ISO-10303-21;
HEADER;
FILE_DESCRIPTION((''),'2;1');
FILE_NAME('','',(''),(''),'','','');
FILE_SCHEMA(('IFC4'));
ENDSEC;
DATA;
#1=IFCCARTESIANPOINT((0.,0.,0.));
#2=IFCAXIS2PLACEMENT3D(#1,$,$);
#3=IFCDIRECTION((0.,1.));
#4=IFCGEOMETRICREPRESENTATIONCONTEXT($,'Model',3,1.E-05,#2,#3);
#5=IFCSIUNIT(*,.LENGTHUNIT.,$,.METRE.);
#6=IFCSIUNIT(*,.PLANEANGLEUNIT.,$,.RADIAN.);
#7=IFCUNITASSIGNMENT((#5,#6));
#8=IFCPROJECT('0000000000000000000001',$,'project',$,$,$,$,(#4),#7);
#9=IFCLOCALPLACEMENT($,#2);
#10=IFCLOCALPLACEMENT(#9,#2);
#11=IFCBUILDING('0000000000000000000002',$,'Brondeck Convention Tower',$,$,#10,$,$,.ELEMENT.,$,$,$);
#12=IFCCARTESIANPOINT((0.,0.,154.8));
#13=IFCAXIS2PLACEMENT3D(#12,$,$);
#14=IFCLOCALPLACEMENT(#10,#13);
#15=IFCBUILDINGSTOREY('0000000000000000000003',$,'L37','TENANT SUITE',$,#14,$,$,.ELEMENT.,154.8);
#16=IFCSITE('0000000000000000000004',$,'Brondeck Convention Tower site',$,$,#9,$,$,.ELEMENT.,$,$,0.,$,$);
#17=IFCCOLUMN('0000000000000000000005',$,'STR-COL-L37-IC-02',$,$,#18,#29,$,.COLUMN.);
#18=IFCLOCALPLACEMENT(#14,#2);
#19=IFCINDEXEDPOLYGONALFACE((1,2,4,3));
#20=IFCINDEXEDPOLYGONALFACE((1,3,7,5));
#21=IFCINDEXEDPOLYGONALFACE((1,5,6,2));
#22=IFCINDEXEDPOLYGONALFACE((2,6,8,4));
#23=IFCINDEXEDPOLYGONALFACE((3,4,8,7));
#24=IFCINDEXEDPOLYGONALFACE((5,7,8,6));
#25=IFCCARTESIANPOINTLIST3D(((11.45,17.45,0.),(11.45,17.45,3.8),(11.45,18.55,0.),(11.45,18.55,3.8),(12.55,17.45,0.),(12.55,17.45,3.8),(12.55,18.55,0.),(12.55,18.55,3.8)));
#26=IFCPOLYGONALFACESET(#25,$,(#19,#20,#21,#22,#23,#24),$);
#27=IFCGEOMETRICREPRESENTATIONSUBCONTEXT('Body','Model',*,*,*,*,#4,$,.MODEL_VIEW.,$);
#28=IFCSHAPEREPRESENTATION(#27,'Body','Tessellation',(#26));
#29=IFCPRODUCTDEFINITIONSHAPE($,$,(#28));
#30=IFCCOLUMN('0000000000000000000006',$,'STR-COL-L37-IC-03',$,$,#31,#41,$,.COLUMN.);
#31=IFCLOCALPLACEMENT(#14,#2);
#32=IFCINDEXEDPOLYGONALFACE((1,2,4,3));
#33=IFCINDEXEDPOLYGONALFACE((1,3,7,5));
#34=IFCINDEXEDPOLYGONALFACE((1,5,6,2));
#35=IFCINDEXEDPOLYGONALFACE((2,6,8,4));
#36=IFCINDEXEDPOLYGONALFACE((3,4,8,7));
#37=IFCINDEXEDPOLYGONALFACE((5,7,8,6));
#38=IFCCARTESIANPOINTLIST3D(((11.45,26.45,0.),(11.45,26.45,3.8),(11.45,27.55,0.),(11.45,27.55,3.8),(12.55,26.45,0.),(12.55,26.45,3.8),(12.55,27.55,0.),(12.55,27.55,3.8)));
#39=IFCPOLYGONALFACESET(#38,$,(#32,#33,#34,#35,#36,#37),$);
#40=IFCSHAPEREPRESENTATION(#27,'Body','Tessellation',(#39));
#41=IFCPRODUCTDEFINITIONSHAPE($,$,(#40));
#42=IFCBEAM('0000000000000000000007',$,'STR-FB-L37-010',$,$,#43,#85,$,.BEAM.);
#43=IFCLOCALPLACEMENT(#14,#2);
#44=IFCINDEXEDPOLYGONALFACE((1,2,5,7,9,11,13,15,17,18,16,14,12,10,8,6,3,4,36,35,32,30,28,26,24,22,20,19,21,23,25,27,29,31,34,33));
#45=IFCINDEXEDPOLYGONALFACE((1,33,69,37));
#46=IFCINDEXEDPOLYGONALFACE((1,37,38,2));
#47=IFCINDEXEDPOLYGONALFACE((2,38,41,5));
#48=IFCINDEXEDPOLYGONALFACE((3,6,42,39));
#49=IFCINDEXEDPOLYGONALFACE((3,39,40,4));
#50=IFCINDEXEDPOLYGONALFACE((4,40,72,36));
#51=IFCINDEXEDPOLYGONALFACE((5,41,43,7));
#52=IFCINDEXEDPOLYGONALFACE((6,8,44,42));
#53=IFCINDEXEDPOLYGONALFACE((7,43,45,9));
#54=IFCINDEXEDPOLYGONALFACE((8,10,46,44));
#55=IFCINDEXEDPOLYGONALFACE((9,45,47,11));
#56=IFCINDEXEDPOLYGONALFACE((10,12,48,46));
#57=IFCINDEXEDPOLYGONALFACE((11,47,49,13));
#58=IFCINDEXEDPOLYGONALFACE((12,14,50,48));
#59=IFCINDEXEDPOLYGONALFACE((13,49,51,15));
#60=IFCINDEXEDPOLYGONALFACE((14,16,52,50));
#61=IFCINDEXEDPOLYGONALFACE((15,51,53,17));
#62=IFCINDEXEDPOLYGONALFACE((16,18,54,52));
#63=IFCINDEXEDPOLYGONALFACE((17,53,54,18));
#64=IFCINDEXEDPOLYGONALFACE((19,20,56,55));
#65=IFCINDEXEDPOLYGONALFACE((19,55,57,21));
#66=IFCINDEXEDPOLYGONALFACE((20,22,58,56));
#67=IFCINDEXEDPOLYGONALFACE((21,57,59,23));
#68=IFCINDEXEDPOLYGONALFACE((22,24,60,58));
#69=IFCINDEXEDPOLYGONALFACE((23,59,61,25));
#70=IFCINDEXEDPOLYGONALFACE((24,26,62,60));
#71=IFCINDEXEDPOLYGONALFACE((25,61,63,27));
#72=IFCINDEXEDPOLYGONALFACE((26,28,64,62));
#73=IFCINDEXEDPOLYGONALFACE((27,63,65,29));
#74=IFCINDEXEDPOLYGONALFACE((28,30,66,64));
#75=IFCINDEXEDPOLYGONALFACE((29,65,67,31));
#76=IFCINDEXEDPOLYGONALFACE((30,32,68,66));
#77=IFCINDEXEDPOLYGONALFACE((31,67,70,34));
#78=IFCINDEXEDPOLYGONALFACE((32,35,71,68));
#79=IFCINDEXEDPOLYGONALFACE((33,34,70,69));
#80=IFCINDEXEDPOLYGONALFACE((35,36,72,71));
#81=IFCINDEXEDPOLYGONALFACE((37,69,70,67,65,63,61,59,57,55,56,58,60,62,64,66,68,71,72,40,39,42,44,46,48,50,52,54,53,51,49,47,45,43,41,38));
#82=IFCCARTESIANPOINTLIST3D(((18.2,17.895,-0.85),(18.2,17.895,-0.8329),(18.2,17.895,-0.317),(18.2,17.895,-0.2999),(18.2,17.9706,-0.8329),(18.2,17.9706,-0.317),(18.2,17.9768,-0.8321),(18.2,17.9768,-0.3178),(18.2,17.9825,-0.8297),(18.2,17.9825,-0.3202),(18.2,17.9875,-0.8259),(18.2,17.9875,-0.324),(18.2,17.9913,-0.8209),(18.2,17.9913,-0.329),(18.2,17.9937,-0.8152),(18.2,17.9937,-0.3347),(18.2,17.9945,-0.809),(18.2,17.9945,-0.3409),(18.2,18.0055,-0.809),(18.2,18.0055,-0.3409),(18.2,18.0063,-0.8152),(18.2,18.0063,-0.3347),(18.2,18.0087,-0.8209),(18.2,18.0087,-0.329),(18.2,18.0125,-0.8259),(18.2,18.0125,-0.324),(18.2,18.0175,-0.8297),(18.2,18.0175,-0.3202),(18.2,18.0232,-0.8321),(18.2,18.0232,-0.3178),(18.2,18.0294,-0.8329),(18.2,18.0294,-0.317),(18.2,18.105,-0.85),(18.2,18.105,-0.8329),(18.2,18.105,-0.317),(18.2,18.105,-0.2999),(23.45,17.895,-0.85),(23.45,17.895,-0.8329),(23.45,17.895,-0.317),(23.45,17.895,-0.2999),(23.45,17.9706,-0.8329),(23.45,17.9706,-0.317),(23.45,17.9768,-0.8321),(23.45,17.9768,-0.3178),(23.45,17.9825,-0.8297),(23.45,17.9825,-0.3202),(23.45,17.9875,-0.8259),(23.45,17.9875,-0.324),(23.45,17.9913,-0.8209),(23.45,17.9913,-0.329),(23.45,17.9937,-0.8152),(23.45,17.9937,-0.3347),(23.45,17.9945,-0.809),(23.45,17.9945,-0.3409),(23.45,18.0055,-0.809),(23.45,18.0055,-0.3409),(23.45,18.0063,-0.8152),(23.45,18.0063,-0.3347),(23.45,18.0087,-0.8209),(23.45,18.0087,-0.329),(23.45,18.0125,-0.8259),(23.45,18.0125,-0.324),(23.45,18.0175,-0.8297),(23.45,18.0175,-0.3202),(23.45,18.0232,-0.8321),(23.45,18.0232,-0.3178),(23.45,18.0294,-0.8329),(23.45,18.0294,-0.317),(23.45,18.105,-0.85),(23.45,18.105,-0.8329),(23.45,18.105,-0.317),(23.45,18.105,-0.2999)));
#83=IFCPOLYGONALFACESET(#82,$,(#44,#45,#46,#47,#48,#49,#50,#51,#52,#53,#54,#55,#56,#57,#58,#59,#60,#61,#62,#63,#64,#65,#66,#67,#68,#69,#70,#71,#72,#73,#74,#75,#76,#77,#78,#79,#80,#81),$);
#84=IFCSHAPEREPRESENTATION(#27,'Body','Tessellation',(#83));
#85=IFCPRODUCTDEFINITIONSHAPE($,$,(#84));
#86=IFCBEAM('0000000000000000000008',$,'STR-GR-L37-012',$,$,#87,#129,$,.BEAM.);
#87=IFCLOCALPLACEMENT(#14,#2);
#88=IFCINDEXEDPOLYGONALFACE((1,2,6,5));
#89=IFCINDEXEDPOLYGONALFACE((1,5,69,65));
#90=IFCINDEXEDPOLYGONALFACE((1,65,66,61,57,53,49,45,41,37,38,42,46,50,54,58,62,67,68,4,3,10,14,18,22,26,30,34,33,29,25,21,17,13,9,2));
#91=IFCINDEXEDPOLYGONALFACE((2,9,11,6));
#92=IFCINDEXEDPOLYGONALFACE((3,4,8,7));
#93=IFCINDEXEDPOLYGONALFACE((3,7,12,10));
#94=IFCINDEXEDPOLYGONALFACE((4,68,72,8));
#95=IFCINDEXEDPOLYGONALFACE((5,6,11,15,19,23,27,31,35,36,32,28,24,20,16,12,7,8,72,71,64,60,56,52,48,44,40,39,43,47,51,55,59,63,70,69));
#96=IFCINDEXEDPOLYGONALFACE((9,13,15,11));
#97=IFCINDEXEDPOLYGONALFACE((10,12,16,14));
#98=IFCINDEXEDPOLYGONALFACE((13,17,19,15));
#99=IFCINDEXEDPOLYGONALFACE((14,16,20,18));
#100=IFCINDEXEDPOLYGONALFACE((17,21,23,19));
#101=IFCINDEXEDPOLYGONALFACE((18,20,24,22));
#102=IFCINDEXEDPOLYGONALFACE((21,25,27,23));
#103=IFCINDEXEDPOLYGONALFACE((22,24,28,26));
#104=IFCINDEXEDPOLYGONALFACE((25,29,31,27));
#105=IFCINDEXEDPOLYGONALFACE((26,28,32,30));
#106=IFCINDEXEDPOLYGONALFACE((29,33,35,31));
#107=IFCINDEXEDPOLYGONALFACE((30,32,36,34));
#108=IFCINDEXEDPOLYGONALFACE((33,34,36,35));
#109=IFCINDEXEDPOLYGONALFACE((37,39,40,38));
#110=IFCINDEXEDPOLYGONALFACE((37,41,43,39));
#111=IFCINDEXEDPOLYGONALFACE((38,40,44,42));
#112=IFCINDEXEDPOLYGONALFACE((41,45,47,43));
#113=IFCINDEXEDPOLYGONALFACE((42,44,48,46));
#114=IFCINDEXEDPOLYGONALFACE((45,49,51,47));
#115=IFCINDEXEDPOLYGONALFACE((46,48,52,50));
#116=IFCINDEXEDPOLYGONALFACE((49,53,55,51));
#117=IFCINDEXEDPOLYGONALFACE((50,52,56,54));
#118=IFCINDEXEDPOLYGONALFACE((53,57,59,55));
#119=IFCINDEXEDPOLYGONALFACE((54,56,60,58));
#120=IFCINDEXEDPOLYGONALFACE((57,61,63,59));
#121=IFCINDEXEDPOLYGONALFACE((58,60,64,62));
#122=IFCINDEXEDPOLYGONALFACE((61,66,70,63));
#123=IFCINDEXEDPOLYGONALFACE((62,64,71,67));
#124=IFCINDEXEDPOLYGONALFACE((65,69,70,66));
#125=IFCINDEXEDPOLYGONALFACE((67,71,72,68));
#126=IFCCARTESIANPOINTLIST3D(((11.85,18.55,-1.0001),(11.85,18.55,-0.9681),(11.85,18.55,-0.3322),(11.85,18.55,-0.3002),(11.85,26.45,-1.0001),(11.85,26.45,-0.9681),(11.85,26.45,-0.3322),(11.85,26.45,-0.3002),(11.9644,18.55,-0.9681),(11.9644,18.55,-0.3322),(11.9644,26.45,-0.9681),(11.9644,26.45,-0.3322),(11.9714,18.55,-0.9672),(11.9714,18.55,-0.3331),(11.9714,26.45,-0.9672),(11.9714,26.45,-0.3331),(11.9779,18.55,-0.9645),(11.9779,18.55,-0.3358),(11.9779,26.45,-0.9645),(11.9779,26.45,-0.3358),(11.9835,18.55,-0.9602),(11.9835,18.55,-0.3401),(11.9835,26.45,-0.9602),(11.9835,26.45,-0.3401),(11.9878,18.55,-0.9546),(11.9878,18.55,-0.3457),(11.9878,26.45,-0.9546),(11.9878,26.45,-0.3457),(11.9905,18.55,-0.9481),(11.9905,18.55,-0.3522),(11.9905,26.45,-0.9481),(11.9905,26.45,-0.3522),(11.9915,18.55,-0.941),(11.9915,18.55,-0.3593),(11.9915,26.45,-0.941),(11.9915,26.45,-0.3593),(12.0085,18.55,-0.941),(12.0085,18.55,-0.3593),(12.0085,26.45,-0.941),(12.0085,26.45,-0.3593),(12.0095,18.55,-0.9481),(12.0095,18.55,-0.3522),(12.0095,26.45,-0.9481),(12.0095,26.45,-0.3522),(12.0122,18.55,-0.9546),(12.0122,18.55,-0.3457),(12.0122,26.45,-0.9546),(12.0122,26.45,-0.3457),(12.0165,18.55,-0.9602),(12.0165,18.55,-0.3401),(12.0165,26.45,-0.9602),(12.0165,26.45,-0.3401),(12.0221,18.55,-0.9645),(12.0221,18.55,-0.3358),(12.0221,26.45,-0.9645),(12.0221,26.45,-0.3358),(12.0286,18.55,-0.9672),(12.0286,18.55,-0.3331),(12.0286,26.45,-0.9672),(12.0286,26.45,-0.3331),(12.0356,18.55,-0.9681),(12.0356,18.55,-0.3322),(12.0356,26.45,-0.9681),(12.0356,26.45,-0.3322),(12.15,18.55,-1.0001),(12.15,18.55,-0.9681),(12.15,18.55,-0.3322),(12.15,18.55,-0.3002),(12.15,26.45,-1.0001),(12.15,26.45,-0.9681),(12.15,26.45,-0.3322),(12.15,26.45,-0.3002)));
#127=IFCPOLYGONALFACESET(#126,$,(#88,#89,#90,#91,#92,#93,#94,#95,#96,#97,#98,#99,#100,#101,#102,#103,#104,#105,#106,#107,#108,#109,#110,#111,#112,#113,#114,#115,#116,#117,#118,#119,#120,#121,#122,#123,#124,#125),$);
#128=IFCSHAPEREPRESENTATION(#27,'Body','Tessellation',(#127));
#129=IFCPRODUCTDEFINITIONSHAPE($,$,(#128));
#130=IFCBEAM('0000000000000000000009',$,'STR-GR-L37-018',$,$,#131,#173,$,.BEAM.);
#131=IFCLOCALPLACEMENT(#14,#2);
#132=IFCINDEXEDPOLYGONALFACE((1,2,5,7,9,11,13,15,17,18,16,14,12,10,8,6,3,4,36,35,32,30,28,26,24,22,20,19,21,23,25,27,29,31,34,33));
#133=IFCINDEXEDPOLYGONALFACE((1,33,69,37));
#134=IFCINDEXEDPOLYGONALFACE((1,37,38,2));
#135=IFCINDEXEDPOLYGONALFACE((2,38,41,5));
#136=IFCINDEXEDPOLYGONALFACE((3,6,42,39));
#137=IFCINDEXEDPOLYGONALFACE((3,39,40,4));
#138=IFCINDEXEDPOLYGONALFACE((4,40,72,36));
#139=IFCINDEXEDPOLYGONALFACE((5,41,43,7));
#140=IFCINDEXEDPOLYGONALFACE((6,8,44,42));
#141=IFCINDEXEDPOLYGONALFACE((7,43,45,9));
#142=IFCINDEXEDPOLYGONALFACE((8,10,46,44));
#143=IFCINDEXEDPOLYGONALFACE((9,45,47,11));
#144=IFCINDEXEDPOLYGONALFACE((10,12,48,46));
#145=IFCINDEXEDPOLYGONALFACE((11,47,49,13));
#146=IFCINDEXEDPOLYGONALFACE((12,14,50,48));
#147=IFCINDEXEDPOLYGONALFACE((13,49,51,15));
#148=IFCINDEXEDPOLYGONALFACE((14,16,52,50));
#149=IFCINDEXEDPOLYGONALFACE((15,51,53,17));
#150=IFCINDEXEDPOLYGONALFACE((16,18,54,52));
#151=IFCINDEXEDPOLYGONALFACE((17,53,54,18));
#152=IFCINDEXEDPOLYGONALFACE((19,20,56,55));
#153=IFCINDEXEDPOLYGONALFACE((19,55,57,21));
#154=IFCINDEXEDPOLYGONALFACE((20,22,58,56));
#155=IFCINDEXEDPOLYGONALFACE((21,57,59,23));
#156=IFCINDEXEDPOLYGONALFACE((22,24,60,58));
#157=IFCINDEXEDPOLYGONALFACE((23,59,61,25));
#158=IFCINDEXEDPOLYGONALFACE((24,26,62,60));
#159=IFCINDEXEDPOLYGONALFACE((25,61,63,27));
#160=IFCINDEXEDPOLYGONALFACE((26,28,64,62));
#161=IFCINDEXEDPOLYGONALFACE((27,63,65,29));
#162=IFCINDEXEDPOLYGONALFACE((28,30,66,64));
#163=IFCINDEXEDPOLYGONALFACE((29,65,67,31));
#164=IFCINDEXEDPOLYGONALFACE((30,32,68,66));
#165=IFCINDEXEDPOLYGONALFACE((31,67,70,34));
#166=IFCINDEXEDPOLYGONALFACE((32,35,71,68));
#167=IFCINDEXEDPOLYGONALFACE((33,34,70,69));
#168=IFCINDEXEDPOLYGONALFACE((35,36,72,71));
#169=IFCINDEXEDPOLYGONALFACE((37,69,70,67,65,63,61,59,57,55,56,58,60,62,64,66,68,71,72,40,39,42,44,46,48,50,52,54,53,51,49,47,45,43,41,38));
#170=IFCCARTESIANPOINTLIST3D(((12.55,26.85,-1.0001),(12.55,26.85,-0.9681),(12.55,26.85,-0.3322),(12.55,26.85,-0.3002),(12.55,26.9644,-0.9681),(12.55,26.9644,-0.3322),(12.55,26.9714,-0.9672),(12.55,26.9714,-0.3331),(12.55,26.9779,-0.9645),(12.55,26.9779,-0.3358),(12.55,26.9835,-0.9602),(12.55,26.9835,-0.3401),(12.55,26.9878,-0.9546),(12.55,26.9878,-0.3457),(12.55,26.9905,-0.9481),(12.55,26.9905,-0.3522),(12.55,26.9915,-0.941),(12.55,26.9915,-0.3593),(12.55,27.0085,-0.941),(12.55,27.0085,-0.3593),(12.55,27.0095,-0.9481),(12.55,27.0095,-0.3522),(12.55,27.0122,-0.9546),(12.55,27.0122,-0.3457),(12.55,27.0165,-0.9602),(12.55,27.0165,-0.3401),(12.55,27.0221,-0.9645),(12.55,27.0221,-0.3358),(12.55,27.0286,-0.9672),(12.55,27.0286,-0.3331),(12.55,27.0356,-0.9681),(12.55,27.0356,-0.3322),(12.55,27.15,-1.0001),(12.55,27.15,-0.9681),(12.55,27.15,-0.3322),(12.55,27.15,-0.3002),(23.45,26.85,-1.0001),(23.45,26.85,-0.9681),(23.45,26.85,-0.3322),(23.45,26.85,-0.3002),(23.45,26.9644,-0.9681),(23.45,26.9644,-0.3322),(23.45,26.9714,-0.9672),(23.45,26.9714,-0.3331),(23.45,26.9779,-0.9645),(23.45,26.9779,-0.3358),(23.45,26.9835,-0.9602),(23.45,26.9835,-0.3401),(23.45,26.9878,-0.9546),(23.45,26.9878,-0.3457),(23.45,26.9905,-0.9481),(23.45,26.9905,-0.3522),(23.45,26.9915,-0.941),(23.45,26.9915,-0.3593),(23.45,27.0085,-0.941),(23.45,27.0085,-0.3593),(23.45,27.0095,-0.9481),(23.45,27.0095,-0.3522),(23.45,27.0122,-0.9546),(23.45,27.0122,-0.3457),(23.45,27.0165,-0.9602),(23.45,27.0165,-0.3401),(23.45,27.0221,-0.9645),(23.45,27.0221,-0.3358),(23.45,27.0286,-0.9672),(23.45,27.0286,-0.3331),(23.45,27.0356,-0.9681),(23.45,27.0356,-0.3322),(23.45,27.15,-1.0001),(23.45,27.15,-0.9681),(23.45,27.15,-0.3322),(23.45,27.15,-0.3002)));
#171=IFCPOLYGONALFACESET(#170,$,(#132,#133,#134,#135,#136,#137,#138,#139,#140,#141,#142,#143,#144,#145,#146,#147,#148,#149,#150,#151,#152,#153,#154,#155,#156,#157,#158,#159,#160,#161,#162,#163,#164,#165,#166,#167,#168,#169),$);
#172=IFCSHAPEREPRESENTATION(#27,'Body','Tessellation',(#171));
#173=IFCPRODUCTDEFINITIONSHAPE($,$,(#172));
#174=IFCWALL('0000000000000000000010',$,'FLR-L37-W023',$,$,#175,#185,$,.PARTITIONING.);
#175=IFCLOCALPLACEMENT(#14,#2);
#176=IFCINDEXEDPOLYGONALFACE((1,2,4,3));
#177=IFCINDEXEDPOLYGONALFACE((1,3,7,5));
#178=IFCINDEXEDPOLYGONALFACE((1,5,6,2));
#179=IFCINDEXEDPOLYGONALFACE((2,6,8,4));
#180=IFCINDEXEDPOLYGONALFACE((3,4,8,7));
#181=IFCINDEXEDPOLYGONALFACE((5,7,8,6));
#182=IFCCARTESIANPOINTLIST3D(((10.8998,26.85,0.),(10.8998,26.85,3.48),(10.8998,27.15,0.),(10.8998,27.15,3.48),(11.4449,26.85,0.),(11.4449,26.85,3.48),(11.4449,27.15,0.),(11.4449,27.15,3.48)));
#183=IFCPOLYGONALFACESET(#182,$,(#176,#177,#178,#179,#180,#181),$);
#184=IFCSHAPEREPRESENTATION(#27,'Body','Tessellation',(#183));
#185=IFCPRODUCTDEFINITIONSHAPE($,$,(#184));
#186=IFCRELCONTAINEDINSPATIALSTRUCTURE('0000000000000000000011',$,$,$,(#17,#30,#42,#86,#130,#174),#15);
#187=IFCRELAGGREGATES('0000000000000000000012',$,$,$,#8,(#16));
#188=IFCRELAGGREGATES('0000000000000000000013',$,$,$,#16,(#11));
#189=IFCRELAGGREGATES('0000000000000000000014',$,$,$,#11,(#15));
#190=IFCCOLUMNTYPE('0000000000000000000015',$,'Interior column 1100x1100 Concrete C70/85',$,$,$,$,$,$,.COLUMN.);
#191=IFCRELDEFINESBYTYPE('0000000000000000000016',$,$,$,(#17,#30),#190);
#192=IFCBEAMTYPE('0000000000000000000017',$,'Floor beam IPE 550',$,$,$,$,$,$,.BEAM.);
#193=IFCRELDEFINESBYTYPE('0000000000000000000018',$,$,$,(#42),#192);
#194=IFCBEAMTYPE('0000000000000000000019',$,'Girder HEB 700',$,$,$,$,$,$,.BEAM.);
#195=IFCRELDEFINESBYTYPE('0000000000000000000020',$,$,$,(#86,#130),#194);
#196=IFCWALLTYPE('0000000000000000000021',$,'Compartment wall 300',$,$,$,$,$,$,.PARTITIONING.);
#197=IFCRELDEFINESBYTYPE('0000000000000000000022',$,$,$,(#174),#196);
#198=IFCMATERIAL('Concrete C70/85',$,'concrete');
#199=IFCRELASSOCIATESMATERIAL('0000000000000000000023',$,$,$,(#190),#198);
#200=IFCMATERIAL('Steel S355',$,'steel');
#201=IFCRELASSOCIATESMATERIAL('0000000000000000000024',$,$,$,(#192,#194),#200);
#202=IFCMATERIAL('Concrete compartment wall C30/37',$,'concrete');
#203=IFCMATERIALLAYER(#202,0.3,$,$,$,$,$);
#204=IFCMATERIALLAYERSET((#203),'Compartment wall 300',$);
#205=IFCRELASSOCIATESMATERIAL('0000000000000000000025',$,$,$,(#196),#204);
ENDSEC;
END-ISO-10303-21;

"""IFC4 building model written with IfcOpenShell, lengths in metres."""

from ifc_helpers import new_model, si_unit, direction, frame, frame_2d, origin, origin_2d, place, context, subcontext, project, spatial, rectangle, i_section, extrude, material, layer, layer_set, material_profile, profile_set, type_object, element, save


model = new_model("IFC4")

# Units and contexts
model_context = context("Model", 3, precision=1e-05, world=origin(), true_north=direction((0.0, 1.0)))
body_context = subcontext(model_context, "Body", "Model", "MODEL_VIEW")
ifc_project = project(units=[si_unit("LENGTHUNIT", "METRE"), si_unit("PLANEANGLEUNIT", "RADIAN")], contexts=[model_context])

# Site, building, storey
site_placement = place(None, origin())
site = spatial("IfcSite", under=ifc_project, at=site_placement, Name="Brondeck Convention Tower site", CompositionType="ELEMENT", RefElevation=0.0)
building_placement = place(site_placement, origin())
building = spatial("IfcBuilding", under=site, at=building_placement, Name="Brondeck Convention Tower", CompositionType="ELEMENT")
storey_placement = place(building_placement, frame((0.0, 0.0, 154.8)))
storey = spatial("IfcBuildingStorey", under=building, at=storey_placement, Name="L37", Description="TENANT SUITE", CompositionType="ELEMENT", Elevation=154.8)

# Columns
ifc_material_1 = material(Name="Concrete C70/85", Category="concrete")
ifc_material_profile_1 = material_profile(ifc_material_1, rectangle(XDim=1.1001, YDim=1.1001, at=origin_2d()), Name="Interior column 1100x1100 Concrete C70/85")
ifc_profile_set_1 = profile_set([ifc_material_profile_1], Name="Concrete C70/85")
column_type = type_object("IfcColumnType", Name="Interior column 1100x1100 Concrete C70/85", PredefinedType="COLUMN", material=ifc_profile_set_1)
for number, where, z_axis, x_axis, name in (
    (1, (12.0, 18.0, 0.0), (0.0, 0.0, 1.0), (1.0, 0.0, 0.0), "STR-COL-L37-IC-02"),
    (2, (12.0, 27.0, 0.0), (0.0, 0.0, 1.0), (1.0, 0.0, 0.0), "STR-COL-L37-IC-03"),
):
    element("IfcColumn", number, at=place(storey_placement, frame(where, z_axis=z_axis, x_axis=x_axis)), inside=storey, type_object=column_type, Name=name, PredefinedType="COLUMN", context=body_context, shape_type="SweptSolid", body=[
        extrude(rectangle(XDim=1.1001, YDim=1.1001, at=origin_2d()), origin(), (0.0, 0.0, 1.0), 3.8),
    ])

# Beams
ifc_material_2 = material(Name="Steel S355", Category="steel")
ifc_material_profile_2 = material_profile(ifc_material_2, i_section(OverallWidth=0.21, OverallDepth=0.55, WebThickness=0.011, FlangeThickness=0.0171, FilletRadius=0.0239, at=origin_2d()), Name="IPE 550")
ifc_profile_set_2 = profile_set([ifc_material_profile_2], Name="Steel S355")
beam_type_1 = type_object("IfcBeamType", Name="Floor beam IPE 550", PredefinedType="BEAM", material=ifc_profile_set_2)
beam_1_placement = place(storey_placement, frame((18.2, 18.0, -0.575), z_axis=(1.0, 0.0, 0.0), x_axis=(0.0, 1.0, 0.0)))
element("IfcBeam", 3, at=beam_1_placement, inside=storey, type_object=beam_type_1, Name="STR-FB-L37-010", PredefinedType="BEAM", context=body_context, shape_type="SweptSolid", body=[
    extrude(i_section(OverallWidth=0.21, OverallDepth=0.55, WebThickness=0.011, FlangeThickness=0.0171, FilletRadius=0.0239, at=origin_2d()), origin(), (0.0, 0.0, 1.0), 5.25),
])
ifc_material_profile_3 = material_profile(ifc_material_2, i_section(OverallWidth=0.3, OverallDepth=0.7, WebThickness=0.0171, FlangeThickness=0.032, FilletRadius=0.0271, at=origin_2d()), Name="HEB 700")
ifc_profile_set_3 = profile_set([ifc_material_profile_3], Name="Steel S355")
beam_type_2 = type_object("IfcBeamType", Name="Girder HEB 700", PredefinedType="BEAM", material=ifc_profile_set_3)
beam_2_placement = place(storey_placement, frame((12.0, 26.45, -0.6501), z_axis=(0.0, -1.0, 0.0), x_axis=(1.0, 0.0, 0.0)))
element("IfcBeam", 4, at=beam_2_placement, inside=storey, type_object=beam_type_2, Name="STR-GR-L37-012", PredefinedType="BEAM", context=body_context, shape_type="SweptSolid", body=[
    extrude(i_section(OverallWidth=0.3, OverallDepth=0.7, WebThickness=0.0171, FlangeThickness=0.032, FilletRadius=0.0271, at=origin_2d()), origin(), (0.0, 0.0, 1.0), 7.8999),
])
beam_3_placement = place(storey_placement, frame((12.55, 27.0, -0.6501), z_axis=(1.0, 0.0, 0.0), x_axis=(0.0, 1.0, 0.0)))
element("IfcBeam", 5, at=beam_3_placement, inside=storey, type_object=beam_type_2, Name="STR-GR-L37-018", PredefinedType="BEAM", context=body_context, shape_type="SweptSolid", body=[
    extrude(i_section(OverallWidth=0.3, OverallDepth=0.7, WebThickness=0.0171, FlangeThickness=0.032, FilletRadius=0.0271, at=origin_2d()), origin(), (0.0, 0.0, 1.0), 10.8999),
])

# Wall
ifc_material_3 = material(Name="Concrete compartment wall C30/37", Category="concrete")
ifc_layer_1 = layer(ifc_material_3, 0.3)
ifc_layer_set_1 = layer_set([ifc_layer_1], Name="Compartment wall 300")
wall_type_1 = type_object("IfcWallType", Name="Compartment wall 300", PredefinedType="PARTITIONING", material=ifc_layer_set_1)
wall_1_placement = place(storey_placement, frame((10.8999, 27.0, 0.0), z_axis=(0.0, 0.0, 1.0), x_axis=(1.0, 0.0, 0.0)))
element("IfcWall", 6, at=wall_1_placement, inside=storey, type_object=wall_type_1, Name="FLR-L37-W023", PredefinedType="PARTITIONING", context=body_context, shape_type="SweptSolid", body=[
    extrude(rectangle(XDim=0.5452, YDim=0.3, at=frame_2d((0.2725, 0.0))), origin(), (0.0, 0.0, 1.0), 3.48),
])

save(model, "model.ifc")
